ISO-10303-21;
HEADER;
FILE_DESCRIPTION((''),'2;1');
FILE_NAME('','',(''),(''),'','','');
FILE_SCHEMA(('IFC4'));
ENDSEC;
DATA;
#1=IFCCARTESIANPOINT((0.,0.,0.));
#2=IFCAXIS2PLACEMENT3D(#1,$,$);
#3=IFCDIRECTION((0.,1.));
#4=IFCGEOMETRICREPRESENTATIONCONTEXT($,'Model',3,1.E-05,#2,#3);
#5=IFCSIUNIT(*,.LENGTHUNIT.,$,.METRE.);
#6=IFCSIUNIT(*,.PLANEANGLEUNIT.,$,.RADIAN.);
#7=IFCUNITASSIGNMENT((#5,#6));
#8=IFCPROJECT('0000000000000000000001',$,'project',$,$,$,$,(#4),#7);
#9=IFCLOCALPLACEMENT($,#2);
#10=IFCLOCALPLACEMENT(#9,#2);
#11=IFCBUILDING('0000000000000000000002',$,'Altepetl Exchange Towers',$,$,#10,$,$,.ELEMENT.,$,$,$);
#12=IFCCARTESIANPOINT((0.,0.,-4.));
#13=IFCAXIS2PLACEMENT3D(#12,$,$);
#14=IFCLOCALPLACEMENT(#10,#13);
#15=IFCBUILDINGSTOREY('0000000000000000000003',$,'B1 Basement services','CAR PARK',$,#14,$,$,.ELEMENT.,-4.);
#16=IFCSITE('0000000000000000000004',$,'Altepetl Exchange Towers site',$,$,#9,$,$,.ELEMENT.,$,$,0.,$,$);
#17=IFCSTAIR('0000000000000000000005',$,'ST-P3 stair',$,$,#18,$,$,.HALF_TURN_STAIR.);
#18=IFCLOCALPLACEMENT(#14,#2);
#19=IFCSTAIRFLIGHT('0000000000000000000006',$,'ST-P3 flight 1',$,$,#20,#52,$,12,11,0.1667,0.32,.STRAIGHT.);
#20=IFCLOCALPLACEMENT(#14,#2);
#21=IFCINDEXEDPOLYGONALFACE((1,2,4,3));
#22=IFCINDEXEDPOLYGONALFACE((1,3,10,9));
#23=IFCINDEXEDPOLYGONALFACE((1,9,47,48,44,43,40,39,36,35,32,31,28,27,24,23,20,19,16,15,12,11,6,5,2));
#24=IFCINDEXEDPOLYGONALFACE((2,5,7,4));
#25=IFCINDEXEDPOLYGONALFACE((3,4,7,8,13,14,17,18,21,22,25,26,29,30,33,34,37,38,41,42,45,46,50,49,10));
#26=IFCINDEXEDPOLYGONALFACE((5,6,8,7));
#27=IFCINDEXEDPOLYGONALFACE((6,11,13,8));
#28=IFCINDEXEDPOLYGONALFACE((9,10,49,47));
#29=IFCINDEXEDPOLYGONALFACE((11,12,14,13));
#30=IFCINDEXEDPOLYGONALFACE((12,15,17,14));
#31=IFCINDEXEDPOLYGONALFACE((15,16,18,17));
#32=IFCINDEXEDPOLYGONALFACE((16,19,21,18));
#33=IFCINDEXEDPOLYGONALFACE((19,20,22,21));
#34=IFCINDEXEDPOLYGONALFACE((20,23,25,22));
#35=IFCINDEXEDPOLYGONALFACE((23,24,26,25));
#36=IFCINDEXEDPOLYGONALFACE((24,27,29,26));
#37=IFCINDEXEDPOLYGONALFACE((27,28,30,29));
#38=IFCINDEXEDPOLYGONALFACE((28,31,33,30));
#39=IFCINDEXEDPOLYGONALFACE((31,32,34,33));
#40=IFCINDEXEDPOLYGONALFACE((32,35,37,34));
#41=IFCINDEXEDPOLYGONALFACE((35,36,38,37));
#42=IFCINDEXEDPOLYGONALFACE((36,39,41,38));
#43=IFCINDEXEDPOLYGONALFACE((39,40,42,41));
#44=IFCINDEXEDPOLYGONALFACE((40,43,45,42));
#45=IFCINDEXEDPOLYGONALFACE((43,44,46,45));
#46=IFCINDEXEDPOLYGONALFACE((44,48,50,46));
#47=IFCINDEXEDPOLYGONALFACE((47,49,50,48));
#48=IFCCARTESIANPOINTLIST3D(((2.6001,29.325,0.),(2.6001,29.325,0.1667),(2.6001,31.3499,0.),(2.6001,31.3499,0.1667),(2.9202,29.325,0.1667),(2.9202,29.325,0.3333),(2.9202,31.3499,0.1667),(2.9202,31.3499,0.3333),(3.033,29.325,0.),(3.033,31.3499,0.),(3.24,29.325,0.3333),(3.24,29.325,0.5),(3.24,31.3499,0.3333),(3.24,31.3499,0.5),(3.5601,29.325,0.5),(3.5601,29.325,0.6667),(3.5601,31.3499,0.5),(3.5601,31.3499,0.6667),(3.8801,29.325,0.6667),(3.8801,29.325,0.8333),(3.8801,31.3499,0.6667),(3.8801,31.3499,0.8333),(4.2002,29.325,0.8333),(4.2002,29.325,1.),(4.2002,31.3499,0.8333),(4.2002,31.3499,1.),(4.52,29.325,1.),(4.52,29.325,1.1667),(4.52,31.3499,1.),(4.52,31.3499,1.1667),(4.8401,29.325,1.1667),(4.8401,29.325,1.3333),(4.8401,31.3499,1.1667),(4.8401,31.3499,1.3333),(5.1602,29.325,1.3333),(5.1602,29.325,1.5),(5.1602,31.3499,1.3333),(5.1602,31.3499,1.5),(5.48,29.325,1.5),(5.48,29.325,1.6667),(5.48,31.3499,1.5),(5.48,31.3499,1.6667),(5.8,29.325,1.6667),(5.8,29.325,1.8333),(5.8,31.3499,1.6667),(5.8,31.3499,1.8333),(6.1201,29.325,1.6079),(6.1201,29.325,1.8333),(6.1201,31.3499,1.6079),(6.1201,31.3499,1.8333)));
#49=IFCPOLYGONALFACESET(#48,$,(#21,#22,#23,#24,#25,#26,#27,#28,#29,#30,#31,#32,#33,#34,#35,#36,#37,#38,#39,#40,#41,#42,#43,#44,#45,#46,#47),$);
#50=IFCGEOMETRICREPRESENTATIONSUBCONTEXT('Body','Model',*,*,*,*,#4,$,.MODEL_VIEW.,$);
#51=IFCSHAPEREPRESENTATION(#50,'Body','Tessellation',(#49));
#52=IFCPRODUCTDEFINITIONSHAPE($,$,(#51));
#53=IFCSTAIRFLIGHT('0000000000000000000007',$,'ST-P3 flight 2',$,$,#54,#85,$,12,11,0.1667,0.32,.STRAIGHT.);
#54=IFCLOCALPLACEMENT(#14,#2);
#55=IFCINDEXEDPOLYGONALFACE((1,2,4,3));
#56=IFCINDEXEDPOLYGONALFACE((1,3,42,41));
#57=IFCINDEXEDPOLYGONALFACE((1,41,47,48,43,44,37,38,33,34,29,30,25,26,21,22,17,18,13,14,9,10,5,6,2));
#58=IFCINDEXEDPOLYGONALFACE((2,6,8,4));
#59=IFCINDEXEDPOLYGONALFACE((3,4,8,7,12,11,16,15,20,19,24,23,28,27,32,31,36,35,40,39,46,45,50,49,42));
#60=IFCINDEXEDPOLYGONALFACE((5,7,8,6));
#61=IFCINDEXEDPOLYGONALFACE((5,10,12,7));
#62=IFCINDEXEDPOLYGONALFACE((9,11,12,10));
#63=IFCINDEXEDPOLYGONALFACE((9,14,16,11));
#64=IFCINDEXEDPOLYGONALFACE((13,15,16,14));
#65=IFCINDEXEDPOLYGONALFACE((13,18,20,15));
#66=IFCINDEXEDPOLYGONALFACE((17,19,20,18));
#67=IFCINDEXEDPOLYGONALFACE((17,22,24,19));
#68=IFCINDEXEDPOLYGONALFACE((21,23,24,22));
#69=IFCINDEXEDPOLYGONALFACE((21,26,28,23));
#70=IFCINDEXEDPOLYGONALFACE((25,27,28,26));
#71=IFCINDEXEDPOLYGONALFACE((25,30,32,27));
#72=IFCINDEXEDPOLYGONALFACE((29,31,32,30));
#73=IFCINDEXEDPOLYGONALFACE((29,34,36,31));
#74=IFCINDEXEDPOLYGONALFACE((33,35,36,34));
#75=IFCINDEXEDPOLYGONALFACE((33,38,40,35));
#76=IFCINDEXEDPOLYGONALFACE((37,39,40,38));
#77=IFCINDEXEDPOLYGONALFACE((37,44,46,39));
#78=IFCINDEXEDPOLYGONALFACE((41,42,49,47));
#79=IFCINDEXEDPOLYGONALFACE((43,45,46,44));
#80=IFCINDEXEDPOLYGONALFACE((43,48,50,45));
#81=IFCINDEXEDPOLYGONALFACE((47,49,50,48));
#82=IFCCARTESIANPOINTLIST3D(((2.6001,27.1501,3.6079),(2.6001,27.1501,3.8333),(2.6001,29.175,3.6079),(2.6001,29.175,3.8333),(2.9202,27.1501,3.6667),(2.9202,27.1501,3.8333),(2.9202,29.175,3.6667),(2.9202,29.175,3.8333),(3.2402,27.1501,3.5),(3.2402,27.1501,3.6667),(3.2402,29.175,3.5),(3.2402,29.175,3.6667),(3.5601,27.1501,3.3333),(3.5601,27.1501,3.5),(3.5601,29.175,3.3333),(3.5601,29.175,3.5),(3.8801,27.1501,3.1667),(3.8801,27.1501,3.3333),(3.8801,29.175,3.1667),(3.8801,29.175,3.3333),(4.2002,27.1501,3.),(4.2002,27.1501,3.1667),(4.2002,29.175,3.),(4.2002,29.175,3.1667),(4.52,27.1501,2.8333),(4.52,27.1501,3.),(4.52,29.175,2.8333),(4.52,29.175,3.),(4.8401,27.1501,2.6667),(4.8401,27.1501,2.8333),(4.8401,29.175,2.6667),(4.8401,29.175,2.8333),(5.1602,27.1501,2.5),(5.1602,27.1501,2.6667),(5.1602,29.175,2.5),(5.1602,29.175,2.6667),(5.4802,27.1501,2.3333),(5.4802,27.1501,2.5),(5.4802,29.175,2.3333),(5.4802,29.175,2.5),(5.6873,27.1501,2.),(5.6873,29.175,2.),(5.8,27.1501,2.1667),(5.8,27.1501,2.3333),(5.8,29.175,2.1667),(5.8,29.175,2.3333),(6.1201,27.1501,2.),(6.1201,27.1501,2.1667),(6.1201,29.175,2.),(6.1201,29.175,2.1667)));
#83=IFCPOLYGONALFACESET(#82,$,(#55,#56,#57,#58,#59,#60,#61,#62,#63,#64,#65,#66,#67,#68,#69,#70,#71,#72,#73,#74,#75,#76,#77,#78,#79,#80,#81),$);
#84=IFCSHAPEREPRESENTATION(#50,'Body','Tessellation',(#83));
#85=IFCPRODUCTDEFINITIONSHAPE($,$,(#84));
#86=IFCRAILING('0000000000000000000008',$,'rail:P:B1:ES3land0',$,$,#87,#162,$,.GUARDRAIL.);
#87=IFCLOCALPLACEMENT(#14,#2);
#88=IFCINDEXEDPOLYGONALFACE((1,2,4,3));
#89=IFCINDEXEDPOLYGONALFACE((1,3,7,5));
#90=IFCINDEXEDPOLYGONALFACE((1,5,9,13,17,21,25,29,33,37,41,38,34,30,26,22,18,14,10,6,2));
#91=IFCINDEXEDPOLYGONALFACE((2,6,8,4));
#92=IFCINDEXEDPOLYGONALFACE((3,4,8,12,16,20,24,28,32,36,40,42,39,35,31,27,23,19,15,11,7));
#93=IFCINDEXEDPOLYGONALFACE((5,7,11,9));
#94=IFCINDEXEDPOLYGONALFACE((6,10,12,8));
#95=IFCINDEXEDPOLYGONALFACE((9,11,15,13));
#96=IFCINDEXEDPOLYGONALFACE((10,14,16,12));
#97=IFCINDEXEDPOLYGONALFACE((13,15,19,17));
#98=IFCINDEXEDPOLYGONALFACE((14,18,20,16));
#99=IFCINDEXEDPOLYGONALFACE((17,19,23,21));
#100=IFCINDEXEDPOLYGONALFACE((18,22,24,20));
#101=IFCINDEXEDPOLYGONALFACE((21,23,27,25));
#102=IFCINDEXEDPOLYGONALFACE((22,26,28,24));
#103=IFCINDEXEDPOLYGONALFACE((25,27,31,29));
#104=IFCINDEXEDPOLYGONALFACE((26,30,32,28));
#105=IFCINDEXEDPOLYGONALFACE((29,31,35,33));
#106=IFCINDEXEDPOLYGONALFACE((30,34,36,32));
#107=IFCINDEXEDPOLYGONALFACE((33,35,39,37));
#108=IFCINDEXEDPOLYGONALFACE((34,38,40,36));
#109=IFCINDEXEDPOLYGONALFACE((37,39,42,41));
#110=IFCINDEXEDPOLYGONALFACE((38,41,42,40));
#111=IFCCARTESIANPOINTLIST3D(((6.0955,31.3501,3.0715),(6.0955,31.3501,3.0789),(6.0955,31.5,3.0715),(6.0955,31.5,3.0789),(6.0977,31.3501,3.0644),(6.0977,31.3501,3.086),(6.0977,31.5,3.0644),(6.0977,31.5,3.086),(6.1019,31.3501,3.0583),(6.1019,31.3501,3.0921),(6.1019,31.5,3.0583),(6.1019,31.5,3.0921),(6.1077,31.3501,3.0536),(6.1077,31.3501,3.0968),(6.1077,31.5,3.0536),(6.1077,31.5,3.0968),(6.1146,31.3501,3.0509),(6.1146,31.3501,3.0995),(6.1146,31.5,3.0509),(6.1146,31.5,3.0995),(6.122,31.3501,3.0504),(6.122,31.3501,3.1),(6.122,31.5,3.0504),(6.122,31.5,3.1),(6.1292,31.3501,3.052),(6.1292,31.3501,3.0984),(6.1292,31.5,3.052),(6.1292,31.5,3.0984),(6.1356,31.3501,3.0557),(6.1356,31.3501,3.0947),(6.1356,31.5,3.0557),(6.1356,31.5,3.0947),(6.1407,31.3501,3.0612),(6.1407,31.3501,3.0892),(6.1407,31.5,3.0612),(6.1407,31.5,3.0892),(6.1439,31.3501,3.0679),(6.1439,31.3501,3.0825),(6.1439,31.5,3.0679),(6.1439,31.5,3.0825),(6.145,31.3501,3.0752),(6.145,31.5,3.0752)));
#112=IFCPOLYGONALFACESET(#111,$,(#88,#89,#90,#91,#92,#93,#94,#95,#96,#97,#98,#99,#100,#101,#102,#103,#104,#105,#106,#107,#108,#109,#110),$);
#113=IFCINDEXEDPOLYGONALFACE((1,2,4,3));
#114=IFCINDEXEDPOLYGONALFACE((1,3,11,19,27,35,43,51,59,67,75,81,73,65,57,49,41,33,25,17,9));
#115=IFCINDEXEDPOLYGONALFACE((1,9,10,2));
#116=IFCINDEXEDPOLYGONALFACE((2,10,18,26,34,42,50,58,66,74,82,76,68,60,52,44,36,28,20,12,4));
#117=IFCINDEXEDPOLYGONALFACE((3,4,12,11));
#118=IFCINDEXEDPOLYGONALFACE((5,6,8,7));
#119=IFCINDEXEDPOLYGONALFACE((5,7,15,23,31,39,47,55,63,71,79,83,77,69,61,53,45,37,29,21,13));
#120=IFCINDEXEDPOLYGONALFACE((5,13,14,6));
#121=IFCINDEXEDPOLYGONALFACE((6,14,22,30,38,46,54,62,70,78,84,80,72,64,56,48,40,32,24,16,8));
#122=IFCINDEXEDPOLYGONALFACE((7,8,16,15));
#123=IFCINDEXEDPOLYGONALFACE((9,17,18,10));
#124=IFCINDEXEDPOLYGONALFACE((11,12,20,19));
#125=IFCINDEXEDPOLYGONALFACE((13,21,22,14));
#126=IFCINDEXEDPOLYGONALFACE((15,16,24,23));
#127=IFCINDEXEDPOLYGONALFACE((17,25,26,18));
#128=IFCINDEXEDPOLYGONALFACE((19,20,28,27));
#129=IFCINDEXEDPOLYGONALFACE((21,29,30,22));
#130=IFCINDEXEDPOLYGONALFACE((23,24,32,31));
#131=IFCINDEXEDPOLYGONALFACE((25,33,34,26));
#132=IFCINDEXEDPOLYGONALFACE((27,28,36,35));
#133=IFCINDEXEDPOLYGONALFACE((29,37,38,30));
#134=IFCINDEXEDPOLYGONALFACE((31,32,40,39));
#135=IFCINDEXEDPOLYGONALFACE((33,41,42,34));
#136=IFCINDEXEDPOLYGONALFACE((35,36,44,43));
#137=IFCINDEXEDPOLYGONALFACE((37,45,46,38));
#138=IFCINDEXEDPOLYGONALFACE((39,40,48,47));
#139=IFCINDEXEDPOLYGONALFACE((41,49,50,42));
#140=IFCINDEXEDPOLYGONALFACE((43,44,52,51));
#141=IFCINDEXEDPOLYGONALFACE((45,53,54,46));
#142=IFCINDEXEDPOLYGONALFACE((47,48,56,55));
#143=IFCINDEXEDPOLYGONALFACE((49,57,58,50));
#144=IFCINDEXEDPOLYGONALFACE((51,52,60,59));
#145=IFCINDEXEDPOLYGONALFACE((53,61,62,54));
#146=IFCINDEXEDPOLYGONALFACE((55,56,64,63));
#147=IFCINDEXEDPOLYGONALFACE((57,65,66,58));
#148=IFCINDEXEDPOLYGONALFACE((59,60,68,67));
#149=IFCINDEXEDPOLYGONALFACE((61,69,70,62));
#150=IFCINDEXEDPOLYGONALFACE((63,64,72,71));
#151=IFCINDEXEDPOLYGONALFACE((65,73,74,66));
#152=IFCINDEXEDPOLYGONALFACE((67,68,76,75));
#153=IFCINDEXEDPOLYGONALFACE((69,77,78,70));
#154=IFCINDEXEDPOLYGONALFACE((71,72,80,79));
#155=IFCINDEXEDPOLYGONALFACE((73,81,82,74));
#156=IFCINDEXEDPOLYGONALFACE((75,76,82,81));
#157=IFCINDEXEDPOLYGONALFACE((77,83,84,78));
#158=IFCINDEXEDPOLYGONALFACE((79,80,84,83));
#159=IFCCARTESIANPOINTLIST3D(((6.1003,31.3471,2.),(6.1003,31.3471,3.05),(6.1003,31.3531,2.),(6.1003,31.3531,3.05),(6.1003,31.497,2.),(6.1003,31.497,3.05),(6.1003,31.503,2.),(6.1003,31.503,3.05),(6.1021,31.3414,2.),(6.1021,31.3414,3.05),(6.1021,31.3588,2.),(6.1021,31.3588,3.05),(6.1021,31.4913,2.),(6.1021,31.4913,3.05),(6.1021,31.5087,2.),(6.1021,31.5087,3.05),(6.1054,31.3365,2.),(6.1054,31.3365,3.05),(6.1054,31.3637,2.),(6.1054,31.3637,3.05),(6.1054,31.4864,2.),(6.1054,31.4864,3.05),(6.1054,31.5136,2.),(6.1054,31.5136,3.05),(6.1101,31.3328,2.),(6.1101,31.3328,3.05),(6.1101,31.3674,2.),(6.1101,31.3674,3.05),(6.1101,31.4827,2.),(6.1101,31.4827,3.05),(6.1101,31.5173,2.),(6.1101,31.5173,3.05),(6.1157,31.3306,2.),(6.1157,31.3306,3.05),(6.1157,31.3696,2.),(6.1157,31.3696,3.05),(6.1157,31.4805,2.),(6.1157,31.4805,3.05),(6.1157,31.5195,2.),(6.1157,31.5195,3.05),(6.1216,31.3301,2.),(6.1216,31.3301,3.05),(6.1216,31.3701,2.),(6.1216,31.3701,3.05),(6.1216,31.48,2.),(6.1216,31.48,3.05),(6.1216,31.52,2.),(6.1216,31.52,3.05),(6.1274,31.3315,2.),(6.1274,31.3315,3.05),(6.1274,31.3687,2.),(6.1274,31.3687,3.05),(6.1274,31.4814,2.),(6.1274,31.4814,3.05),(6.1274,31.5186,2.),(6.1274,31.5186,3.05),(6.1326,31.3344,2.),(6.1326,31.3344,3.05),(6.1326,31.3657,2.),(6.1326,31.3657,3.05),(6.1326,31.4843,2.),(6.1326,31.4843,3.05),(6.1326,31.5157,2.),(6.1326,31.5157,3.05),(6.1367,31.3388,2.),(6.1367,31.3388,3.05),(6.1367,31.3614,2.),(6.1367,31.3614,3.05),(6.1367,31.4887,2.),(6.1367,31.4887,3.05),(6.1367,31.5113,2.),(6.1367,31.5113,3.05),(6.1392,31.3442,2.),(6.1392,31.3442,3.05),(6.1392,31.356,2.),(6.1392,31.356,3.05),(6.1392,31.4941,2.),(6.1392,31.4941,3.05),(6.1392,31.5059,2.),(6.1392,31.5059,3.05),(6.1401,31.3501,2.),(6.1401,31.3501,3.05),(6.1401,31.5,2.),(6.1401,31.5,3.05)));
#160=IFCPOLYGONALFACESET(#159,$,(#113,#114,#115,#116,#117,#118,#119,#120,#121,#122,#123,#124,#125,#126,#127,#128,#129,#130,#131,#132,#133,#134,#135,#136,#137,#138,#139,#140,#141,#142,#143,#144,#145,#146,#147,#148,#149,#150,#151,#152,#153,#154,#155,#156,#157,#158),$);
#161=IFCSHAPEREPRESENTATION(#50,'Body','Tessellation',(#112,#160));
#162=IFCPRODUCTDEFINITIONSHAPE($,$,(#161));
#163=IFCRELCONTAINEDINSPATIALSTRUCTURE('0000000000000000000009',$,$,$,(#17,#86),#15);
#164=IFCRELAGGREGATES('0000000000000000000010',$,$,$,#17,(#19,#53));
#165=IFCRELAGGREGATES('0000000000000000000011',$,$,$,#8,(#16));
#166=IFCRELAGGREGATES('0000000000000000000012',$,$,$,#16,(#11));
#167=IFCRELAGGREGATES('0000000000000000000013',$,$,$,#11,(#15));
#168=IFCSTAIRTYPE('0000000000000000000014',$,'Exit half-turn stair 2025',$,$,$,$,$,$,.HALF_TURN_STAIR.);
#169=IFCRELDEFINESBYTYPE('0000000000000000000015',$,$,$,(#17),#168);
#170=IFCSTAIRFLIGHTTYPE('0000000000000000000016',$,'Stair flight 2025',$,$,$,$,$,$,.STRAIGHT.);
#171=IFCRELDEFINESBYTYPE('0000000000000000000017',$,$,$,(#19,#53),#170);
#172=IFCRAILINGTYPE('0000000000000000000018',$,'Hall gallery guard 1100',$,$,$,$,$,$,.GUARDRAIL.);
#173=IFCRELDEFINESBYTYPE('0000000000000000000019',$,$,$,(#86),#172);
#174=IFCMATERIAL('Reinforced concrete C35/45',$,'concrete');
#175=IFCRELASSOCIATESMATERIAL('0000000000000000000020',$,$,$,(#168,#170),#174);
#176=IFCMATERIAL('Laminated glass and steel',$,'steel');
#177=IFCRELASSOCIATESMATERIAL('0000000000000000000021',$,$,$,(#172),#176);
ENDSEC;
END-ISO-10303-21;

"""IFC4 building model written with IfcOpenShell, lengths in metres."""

from ifc_helpers import new_model, si_unit, direction, frame, origin, origin_2d, place, context, subcontext, project, spatial, polyline, circle, outline, extrude, source, transform, mapped, material, type_object, element, aggregate, save


model = new_model("IFC4")

# Units and contexts
model_context = context("Model", 3, precision=1e-05, world=origin(), true_north=direction((0.0, 1.0)))
body_context = subcontext(model_context, "Body", "Model", "MODEL_VIEW")
ifc_project = project(units=[si_unit("LENGTHUNIT", "METRE"), si_unit("PLANEANGLEUNIT", "RADIAN")], contexts=[model_context])

# Site, building, storey
site_placement = place(None, origin())
site = spatial("IfcSite", under=ifc_project, at=site_placement, Name="Altepetl Exchange Towers site", CompositionType="ELEMENT", RefElevation=0.0)
building_placement = place(site_placement, origin())
building = spatial("IfcBuilding", under=site, at=building_placement, Name="Altepetl Exchange Towers", CompositionType="ELEMENT")
storey_placement = place(building_placement, frame((0.0, 0.0, -4.0)))
storey = spatial("IfcBuildingStorey", under=building, at=storey_placement, Name="B1 Basement services", Description="CAR PARK", CompositionType="ELEMENT", Elevation=-4.0)

# Shared definitions
ifc_material_1 = material(Name="Reinforced concrete C35/45", Category="concrete")

# Stair, stair flights
stair_type = type_object("IfcStairType", Name="Exit half-turn stair 2025", PredefinedType="HALF_TURN_STAIR", material=ifc_material_1)
stair_placement = place(storey_placement, origin())
stair = element("IfcStair", 1, at=stair_placement, inside=storey, type_object=stair_type, Name="ST-P3 stair", PredefinedType="HALF_TURN_STAIR")
stair_flight_type = type_object("IfcStairFlightType", Name="Stair flight 2025", PredefinedType="STRAIGHT", material=ifc_material_1)
stair_flight_1_placement = place(storey_placement, frame((2.6001, 30.3374, 0.0)))
stair_flight_1 = element("IfcStairFlight", 2, at=stair_flight_1_placement, type_object=stair_flight_type, Name="ST-P3 flight 1", NumberOfRisers=12, NumberOfTreads=11, PredefinedType="STRAIGHT", RiserHeight=0.1667, TreadLength=0.32, context=body_context, shape_type="SweptSolid", body=[
    extrude(outline(polyline([(0.0, 0.0), (0.0, 0.1667), (0.3201, 0.1667), (0.3201, 0.3333), (0.6399, 0.3333), (0.6399, 0.5), (0.96, 0.5), (0.96, 0.6667), (1.28, 0.6667), (1.28, 0.8333), (1.6001, 0.8333), (1.6001, 1.0), (1.9199, 1.0), (1.9199, 1.1667), (2.24, 1.1667), (2.24, 1.3333), (2.5601, 1.3333), (2.5601, 1.5), (2.8799, 1.5), (2.8799, 1.6667), (3.2, 1.6667), (3.2, 1.8333), (3.52, 1.8333), (3.52, 2.0), (3.52, 1.6079), (0.4329, 0.0), (0.0, 0.0)])), frame((0.0, 1.0125, 0.0), z_axis=(0.0, -1.0, 0.0), x_axis=(1.0, 0.0, 0.0)), (0.0, 0.0, 1.0), 2.0249),
])
stair_flight_2_placement = place(storey_placement, frame((6.1201, 28.1626, 2.0), z_axis=(0.0, 0.0, 1.0), x_axis=(-1.0, 0.0, 0.0)))
stair_flight_2 = element("IfcStairFlight", 3, at=stair_flight_2_placement, type_object=stair_flight_type, Name="ST-P3 flight 2", NumberOfRisers=12, NumberOfTreads=11, PredefinedType="STRAIGHT", RiserHeight=0.1667, TreadLength=0.32, context=body_context, shape_type="SweptSolid", body=[
    extrude(outline(polyline([(0.0, 0.0), (0.0, 0.1667), (0.3201, 0.1667), (0.3201, 0.3333), (0.6399, 0.3333), (0.6399, 0.5), (0.96, 0.5), (0.96, 0.6667), (1.28, 0.6667), (1.28, 0.8333), (1.6001, 0.8333), (1.6001, 1.0), (1.9199, 1.0), (1.9199, 1.1667), (2.24, 1.1667), (2.24, 1.3333), (2.5601, 1.3333), (2.5601, 1.5), (2.8799, 1.5), (2.8799, 1.6667), (3.2, 1.6667), (3.2, 1.8333), (3.52, 1.8333), (3.52, 2.0), (3.52, 1.6079), (0.4329, 0.0), (0.0, 0.0)])), frame((0.0, 1.0125, 0.0), z_axis=(0.0, -1.0, 0.0), x_axis=(1.0, 0.0, 0.0)), (0.0, 0.0, 1.0), 2.0249),
])
aggregate(stair, [stair_flight_1, stair_flight_2])

# Railing
ifc_material_2 = material(Name="Laminated glass and steel", Category="steel")
railing_type_1 = type_object("IfcRailingType", Name="Hall gallery guard 1100", PredefinedType="GUARDRAIL", material=ifc_material_2)
shared_shape_1 = source(origin(), body_context, "Body", "SweptSolid", [
    extrude(circle(Radius=0.02, at=origin_2d()), origin(), (0.0, 0.0, 1.0), 1.05),
])
for number, where, name in (
    (4, (6.1201, 31.5, 2.0), "rail:P:B1:ES3land0"),
):
    element("IfcRailing", number, at=place(storey_placement, frame(where)), inside=storey, type_object=railing_type_1, Name=name, PredefinedType="GUARDRAIL", context=body_context, shape_type="SweptSolid", body=[
        extrude(circle(Radius=0.0249, at=origin_2d()), frame((0.0, 0.0, 1.0752), z_axis=(0.0, -1.0, 0.0), x_axis=(1.0, 0.0, 0.0)), (0.0, 0.0, 1.0), 0.1499),
        mapped(shared_shape_1, transform((0.0, 0.0, 0.0))),
        mapped(shared_shape_1, transform((0.0, -0.1499, 0.0))),
    ])

save(model, "model.ifc")
